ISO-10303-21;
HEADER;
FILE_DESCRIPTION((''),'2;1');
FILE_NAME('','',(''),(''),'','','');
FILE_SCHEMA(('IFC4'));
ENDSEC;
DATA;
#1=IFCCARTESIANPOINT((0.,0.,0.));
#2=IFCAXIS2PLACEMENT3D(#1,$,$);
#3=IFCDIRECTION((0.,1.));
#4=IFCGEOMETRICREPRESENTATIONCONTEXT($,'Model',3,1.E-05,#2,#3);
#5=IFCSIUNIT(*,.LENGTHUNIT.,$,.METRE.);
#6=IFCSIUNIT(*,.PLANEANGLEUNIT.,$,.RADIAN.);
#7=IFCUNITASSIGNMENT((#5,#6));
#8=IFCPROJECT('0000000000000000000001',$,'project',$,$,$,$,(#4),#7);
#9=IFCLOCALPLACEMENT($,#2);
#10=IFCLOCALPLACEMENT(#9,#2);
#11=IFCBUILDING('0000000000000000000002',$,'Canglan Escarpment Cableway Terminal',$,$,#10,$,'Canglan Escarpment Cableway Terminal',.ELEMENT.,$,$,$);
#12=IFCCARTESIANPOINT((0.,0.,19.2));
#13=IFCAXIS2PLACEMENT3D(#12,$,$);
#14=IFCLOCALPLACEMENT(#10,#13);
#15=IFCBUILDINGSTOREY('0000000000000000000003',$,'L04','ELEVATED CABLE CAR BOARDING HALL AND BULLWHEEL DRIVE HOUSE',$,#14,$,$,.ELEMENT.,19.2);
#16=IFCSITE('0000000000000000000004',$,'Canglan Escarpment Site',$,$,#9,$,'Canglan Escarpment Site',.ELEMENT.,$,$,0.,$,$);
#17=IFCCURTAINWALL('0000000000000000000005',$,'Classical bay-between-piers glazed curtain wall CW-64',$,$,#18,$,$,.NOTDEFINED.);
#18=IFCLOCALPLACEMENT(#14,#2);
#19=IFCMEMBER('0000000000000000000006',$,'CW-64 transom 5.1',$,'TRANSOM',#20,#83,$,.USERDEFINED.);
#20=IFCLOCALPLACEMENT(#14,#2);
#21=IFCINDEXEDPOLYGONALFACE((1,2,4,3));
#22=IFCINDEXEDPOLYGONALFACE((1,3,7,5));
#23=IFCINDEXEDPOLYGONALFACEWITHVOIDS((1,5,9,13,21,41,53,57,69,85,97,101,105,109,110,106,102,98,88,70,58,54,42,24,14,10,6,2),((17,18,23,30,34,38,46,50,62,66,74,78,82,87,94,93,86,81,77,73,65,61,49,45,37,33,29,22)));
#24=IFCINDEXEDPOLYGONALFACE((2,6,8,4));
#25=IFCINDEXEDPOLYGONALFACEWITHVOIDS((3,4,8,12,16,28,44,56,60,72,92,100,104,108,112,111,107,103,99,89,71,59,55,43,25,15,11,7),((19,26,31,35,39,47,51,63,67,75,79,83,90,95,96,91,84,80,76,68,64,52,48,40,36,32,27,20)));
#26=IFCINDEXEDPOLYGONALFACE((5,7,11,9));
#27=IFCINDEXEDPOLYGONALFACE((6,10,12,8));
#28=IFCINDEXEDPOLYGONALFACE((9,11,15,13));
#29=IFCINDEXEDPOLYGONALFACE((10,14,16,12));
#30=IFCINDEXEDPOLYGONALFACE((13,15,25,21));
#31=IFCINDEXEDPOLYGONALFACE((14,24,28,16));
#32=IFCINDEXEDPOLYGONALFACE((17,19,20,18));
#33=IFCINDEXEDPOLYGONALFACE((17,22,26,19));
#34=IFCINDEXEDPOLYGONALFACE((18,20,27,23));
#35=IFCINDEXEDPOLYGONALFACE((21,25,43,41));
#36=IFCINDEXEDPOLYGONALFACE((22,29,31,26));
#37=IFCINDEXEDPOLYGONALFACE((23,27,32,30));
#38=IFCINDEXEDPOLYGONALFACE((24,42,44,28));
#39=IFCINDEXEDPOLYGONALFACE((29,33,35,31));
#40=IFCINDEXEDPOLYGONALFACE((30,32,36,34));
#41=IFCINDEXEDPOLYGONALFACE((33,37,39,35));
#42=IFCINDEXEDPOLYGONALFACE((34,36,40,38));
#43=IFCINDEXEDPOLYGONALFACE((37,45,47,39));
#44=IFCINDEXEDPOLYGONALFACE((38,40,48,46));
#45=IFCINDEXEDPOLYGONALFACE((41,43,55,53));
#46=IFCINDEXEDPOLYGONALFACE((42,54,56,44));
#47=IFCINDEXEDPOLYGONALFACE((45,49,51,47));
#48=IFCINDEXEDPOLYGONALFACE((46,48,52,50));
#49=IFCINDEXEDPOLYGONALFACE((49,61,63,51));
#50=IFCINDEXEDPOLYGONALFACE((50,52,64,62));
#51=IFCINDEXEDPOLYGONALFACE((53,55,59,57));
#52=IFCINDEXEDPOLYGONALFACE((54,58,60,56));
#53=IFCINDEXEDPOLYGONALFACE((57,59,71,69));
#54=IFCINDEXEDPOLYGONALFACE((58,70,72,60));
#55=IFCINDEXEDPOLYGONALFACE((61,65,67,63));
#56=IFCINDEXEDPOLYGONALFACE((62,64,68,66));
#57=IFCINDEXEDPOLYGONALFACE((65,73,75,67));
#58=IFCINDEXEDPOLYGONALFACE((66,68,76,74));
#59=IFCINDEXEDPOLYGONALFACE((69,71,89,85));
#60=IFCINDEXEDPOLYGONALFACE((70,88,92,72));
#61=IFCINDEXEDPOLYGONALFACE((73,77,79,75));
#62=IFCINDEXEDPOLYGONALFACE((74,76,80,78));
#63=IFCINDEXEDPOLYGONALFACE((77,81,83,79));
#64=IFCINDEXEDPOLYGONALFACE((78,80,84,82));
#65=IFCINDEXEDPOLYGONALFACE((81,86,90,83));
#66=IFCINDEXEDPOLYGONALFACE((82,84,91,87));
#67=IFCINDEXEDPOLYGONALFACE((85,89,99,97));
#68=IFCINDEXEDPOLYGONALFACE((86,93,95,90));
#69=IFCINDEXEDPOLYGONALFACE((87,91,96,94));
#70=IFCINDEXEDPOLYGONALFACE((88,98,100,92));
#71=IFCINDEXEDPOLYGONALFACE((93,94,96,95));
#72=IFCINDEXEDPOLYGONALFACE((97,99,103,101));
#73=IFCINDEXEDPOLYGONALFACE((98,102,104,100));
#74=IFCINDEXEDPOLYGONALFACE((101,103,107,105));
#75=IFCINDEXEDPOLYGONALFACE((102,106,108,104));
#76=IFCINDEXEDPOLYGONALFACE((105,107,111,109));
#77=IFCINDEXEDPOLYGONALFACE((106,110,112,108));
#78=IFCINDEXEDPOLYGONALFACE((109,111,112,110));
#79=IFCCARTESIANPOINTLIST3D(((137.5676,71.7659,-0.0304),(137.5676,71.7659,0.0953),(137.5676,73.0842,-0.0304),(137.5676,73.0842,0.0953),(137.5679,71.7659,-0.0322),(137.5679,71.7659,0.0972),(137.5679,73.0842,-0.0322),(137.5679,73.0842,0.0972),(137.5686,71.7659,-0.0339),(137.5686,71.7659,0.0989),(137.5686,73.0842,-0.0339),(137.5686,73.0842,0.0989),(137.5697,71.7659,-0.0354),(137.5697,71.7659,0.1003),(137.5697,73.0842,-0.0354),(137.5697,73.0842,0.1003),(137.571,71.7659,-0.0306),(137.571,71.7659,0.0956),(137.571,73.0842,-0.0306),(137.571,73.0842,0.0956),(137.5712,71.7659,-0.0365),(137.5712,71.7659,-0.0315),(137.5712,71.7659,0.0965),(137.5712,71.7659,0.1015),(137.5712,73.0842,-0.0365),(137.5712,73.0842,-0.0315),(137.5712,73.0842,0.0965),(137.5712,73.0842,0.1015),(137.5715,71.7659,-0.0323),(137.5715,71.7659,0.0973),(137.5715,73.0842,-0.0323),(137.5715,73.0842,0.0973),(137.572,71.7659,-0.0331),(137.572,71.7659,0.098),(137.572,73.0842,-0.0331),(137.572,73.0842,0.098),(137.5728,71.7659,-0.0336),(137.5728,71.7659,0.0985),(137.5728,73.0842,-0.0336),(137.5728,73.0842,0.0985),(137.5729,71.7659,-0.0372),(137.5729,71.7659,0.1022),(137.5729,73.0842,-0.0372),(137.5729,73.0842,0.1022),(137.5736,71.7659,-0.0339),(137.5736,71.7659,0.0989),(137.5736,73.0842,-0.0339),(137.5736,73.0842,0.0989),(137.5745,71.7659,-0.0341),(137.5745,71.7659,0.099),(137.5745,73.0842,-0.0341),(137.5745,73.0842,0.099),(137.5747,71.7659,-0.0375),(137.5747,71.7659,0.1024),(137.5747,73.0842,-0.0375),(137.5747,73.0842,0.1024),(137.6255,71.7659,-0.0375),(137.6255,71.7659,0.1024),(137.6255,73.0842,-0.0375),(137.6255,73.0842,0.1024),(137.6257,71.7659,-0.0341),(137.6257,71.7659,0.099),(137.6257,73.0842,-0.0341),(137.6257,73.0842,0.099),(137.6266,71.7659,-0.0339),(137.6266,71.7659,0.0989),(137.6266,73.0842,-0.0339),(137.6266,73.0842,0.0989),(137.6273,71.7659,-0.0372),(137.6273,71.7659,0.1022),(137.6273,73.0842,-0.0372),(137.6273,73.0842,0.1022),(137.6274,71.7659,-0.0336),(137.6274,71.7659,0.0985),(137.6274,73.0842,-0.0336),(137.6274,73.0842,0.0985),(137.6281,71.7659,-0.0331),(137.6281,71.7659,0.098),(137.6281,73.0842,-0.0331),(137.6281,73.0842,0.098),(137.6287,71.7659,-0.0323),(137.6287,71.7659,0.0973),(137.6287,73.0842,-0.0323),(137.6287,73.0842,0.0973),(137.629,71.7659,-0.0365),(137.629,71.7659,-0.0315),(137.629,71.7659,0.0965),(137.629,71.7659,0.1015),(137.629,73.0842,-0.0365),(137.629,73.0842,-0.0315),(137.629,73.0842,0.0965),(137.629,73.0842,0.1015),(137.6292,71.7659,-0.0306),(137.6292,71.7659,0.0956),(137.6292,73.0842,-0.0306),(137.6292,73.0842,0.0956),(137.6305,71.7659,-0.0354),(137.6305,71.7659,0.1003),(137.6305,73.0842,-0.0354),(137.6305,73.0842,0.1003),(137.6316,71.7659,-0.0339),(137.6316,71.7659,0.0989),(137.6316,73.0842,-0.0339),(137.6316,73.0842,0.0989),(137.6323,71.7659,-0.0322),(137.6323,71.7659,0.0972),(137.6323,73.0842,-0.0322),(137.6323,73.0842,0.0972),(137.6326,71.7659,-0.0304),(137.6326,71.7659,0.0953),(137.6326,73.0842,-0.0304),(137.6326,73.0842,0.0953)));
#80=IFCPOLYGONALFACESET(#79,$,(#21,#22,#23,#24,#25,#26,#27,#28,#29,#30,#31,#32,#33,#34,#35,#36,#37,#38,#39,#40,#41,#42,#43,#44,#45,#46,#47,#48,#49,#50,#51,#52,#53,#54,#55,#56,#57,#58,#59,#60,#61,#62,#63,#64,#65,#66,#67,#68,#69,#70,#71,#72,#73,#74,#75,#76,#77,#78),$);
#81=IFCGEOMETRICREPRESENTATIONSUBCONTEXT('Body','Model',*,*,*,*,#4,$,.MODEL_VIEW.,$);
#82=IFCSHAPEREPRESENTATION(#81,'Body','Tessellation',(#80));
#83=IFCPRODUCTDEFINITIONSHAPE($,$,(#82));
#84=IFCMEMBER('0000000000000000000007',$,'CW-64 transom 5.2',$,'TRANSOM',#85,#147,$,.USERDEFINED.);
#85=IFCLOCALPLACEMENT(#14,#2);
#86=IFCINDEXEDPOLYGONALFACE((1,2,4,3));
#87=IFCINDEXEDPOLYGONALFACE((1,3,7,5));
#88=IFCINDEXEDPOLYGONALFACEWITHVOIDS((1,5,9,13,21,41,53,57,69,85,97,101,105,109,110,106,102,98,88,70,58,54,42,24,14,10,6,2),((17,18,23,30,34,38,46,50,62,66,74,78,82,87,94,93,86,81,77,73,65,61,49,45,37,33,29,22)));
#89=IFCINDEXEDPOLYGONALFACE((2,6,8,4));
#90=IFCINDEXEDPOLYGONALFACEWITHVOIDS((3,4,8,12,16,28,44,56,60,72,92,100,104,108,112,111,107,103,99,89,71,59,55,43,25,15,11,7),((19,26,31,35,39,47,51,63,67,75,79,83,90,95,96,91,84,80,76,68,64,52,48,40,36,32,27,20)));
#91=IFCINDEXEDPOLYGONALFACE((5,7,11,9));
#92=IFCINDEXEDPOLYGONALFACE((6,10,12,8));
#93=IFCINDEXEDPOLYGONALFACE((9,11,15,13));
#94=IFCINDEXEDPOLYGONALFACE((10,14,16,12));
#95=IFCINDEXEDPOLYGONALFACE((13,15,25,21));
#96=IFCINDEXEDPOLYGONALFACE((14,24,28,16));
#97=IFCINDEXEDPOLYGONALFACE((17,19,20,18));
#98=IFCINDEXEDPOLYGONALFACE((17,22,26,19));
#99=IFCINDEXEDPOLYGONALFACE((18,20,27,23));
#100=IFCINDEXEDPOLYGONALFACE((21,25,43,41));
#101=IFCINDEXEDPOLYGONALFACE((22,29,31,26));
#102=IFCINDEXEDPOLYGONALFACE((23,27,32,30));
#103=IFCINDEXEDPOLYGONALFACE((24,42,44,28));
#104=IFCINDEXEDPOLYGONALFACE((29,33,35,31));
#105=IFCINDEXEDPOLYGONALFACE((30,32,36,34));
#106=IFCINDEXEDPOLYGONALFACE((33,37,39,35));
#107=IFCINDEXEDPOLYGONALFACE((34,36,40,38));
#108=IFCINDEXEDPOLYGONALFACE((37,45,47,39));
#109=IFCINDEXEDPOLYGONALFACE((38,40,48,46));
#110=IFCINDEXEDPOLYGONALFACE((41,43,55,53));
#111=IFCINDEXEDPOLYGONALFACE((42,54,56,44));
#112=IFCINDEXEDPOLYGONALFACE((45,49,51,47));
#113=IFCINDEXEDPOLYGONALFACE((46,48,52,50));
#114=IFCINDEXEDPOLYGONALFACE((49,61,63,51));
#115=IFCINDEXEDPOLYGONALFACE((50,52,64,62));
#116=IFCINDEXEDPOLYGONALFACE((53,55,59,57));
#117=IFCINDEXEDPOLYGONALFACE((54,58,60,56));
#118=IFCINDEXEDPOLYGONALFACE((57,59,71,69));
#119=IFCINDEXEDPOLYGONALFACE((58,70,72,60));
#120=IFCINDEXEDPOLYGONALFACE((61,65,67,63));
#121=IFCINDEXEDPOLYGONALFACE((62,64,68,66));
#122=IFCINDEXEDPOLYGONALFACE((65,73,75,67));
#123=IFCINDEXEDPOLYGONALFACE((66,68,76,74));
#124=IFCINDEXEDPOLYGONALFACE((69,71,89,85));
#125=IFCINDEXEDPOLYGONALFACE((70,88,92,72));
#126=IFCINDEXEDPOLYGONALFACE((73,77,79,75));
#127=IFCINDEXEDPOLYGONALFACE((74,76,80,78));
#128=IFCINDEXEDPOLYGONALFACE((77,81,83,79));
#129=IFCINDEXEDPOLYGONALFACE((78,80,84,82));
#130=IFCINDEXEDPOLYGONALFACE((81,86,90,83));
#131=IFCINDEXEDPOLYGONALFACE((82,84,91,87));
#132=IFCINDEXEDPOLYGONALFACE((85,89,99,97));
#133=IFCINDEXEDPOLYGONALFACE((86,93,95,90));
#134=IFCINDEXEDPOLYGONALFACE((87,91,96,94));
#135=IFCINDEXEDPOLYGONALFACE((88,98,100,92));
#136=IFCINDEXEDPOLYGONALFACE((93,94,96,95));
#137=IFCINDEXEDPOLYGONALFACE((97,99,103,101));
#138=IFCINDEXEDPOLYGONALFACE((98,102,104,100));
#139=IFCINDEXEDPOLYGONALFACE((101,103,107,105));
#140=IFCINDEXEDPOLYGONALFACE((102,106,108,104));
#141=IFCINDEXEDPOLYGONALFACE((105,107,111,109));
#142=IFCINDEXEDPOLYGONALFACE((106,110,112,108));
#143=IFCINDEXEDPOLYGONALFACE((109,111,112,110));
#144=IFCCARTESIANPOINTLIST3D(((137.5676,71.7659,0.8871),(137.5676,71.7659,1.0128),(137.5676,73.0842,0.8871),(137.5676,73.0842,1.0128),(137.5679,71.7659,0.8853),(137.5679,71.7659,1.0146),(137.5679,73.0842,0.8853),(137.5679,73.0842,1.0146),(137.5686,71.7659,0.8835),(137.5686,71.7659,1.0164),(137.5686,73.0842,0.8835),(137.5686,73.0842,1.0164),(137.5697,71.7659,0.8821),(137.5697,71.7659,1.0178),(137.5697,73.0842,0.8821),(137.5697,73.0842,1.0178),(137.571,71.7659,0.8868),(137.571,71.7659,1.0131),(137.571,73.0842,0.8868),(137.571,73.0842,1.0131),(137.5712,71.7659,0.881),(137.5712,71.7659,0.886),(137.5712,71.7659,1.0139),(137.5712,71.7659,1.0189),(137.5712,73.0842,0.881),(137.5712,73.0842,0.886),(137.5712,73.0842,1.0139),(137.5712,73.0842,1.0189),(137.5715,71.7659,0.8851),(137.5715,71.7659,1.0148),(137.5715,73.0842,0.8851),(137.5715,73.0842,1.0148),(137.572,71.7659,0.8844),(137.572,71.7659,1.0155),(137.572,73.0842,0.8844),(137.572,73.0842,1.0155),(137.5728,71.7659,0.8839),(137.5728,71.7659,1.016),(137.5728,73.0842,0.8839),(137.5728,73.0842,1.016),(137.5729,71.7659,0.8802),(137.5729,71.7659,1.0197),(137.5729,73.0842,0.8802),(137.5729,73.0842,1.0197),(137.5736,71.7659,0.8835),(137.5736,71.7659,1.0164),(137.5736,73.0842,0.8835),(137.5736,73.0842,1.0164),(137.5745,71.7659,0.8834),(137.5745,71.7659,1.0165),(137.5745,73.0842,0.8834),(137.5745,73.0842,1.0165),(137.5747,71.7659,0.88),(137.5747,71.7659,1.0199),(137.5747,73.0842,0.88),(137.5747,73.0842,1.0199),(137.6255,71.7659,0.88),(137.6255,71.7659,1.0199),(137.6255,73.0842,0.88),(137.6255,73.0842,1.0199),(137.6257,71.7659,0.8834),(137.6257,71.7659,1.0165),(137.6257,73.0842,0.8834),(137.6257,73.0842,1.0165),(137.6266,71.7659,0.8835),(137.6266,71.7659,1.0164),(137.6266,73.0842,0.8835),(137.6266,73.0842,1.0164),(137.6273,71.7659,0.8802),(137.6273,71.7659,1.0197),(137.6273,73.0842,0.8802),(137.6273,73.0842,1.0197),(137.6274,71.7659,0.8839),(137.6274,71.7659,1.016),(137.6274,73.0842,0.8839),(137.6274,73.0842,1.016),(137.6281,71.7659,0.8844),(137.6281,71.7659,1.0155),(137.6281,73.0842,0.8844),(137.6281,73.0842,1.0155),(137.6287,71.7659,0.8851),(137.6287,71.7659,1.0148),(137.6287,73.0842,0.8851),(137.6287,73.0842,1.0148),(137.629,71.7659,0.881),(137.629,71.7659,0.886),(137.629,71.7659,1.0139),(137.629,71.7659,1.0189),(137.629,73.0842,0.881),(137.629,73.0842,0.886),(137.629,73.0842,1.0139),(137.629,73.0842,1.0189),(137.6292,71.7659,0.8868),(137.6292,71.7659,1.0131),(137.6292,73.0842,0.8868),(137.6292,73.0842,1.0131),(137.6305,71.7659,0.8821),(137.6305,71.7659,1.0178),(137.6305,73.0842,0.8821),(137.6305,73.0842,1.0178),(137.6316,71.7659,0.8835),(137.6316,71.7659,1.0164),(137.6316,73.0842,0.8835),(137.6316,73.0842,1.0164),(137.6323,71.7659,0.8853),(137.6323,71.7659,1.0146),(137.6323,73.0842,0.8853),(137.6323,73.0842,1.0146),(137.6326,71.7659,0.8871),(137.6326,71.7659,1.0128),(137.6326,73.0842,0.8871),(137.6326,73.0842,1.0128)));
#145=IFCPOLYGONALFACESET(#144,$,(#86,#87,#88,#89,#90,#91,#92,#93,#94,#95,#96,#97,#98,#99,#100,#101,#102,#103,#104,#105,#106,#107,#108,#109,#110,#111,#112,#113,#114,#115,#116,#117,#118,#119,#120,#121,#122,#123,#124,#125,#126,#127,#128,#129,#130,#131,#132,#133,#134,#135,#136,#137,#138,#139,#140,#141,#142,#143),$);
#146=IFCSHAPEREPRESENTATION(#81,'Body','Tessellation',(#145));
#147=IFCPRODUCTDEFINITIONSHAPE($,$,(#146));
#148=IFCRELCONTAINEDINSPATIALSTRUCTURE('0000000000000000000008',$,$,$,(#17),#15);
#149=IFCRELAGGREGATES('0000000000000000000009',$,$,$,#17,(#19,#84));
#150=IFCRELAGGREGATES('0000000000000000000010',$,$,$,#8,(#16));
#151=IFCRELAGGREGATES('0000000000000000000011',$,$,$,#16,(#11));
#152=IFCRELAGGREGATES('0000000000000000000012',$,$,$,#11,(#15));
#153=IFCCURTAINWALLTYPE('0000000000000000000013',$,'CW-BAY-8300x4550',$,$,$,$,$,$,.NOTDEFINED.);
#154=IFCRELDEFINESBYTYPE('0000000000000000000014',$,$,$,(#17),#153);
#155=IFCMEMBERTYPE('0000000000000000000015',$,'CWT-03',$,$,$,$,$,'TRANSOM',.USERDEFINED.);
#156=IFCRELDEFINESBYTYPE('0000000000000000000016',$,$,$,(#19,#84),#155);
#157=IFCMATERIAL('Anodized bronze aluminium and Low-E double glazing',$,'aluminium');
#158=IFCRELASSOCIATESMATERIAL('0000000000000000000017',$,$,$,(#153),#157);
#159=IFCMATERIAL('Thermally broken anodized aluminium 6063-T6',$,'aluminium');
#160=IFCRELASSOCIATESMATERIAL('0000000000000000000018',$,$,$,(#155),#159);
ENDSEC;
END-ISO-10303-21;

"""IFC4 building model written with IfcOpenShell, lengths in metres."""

from ifc_helpers import new_model, si_unit, direction, frame, origin, origin_2d, place, context, subcontext, project, spatial, hollow_rectangle, extrude, material, material_profile, profile_set, type_object, element, aggregate, save


model = new_model("IFC4")

# Units and contexts
model_context = context("Model", 3, precision=1e-05, world=origin(), true_north=direction((0.0, 1.0)))
body_context = subcontext(model_context, "Body", "Model", "MODEL_VIEW")
ifc_project = project(units=[si_unit("LENGTHUNIT", "METRE"), si_unit("PLANEANGLEUNIT", "RADIAN")], contexts=[model_context])

# Site, building, storey
site_placement = place(None, origin())
site = spatial("IfcSite", under=ifc_project, at=site_placement, Name="Canglan Escarpment Site", LongName="Canglan Escarpment Site", CompositionType="ELEMENT", RefElevation=0.0)
building_placement = place(site_placement, origin())
building = spatial("IfcBuilding", under=site, at=building_placement, Name="Canglan Escarpment Cableway Terminal", LongName="Canglan Escarpment Cableway Terminal", CompositionType="ELEMENT")
storey_placement = place(building_placement, frame((0.0, 0.0, 19.2)))
storey = spatial("IfcBuildingStorey", under=building, at=storey_placement, Name="L04", Description="ELEVATED CABLE CAR BOARDING HALL AND BULLWHEEL DRIVE HOUSE", CompositionType="ELEMENT", Elevation=19.2)

# Curtain wall, members
ifc_material_1 = material(Name="Anodized bronze aluminium and Low-E double glazing", Category="aluminium")
curtain_wall_type = type_object("IfcCurtainWallType", Name="CW-BAY-8300x4550", PredefinedType="NOTDEFINED", material=ifc_material_1)
curtain_wall_placement = place(storey_placement, origin())
curtain_wall = element("IfcCurtainWall", 1, at=curtain_wall_placement, inside=storey, type_object=curtain_wall_type, Name="Classical bay-between-piers glazed curtain wall CW-64", PredefinedType="NOTDEFINED")
ifc_material_2 = material(Name="Thermally broken anodized aluminium 6063-T6", Category="aluminium")
ifc_material_profile_1 = material_profile(ifc_material_2, hollow_rectangle(XDim=0.0649, YDim=0.1399, WallThickness=0.0034, InnerFilletRadius=0.0034, OuterFilletRadius=0.0071, at=origin_2d()), Name="ALU-TRAN 65x140x3.5")
ifc_profile_set_1 = profile_set([ifc_material_profile_1], Name="Thermally broken anodized aluminium 6063-T6")
member_type_1 = type_object("IfcMemberType", Name="CWT-03", ElementType="TRANSOM", PredefinedType="USERDEFINED", material=ifc_profile_set_1)
member_1_placement = place(storey_placement, frame((137.6001, 73.0842, 0.0325), z_axis=(0.0, -1.0, 0.0), x_axis=(1.0, 0.0, 0.0)))
member_1 = element("IfcMember", 2, at=member_1_placement, type_object=member_type_1, Name="CW-64 transom 5.1", ObjectType="TRANSOM", PredefinedType="USERDEFINED", context=body_context, shape_type="SweptSolid", body=[
    extrude(hollow_rectangle(XDim=0.0649, YDim=0.1399, WallThickness=0.0034, InnerFilletRadius=0.0034, OuterFilletRadius=0.0071, at=origin_2d()), origin(), (0.0, 0.0, 1.0), 1.3184),
])
member_2_placement = place(storey_placement, frame((137.6001, 73.0842, 0.95), z_axis=(0.0, -1.0, 0.0), x_axis=(1.0, 0.0, 0.0)))
member_2 = element("IfcMember", 3, at=member_2_placement, type_object=member_type_1, Name="CW-64 transom 5.2", ObjectType="TRANSOM", PredefinedType="USERDEFINED", context=body_context, shape_type="SweptSolid", body=[
    extrude(hollow_rectangle(XDim=0.0649, YDim=0.1399, WallThickness=0.0034, InnerFilletRadius=0.0034, OuterFilletRadius=0.0071, at=origin_2d()), origin(), (0.0, 0.0, 1.0), 1.3184),
])
aggregate(curtain_wall, [member_1, member_2])

save(model, "model.ifc")
